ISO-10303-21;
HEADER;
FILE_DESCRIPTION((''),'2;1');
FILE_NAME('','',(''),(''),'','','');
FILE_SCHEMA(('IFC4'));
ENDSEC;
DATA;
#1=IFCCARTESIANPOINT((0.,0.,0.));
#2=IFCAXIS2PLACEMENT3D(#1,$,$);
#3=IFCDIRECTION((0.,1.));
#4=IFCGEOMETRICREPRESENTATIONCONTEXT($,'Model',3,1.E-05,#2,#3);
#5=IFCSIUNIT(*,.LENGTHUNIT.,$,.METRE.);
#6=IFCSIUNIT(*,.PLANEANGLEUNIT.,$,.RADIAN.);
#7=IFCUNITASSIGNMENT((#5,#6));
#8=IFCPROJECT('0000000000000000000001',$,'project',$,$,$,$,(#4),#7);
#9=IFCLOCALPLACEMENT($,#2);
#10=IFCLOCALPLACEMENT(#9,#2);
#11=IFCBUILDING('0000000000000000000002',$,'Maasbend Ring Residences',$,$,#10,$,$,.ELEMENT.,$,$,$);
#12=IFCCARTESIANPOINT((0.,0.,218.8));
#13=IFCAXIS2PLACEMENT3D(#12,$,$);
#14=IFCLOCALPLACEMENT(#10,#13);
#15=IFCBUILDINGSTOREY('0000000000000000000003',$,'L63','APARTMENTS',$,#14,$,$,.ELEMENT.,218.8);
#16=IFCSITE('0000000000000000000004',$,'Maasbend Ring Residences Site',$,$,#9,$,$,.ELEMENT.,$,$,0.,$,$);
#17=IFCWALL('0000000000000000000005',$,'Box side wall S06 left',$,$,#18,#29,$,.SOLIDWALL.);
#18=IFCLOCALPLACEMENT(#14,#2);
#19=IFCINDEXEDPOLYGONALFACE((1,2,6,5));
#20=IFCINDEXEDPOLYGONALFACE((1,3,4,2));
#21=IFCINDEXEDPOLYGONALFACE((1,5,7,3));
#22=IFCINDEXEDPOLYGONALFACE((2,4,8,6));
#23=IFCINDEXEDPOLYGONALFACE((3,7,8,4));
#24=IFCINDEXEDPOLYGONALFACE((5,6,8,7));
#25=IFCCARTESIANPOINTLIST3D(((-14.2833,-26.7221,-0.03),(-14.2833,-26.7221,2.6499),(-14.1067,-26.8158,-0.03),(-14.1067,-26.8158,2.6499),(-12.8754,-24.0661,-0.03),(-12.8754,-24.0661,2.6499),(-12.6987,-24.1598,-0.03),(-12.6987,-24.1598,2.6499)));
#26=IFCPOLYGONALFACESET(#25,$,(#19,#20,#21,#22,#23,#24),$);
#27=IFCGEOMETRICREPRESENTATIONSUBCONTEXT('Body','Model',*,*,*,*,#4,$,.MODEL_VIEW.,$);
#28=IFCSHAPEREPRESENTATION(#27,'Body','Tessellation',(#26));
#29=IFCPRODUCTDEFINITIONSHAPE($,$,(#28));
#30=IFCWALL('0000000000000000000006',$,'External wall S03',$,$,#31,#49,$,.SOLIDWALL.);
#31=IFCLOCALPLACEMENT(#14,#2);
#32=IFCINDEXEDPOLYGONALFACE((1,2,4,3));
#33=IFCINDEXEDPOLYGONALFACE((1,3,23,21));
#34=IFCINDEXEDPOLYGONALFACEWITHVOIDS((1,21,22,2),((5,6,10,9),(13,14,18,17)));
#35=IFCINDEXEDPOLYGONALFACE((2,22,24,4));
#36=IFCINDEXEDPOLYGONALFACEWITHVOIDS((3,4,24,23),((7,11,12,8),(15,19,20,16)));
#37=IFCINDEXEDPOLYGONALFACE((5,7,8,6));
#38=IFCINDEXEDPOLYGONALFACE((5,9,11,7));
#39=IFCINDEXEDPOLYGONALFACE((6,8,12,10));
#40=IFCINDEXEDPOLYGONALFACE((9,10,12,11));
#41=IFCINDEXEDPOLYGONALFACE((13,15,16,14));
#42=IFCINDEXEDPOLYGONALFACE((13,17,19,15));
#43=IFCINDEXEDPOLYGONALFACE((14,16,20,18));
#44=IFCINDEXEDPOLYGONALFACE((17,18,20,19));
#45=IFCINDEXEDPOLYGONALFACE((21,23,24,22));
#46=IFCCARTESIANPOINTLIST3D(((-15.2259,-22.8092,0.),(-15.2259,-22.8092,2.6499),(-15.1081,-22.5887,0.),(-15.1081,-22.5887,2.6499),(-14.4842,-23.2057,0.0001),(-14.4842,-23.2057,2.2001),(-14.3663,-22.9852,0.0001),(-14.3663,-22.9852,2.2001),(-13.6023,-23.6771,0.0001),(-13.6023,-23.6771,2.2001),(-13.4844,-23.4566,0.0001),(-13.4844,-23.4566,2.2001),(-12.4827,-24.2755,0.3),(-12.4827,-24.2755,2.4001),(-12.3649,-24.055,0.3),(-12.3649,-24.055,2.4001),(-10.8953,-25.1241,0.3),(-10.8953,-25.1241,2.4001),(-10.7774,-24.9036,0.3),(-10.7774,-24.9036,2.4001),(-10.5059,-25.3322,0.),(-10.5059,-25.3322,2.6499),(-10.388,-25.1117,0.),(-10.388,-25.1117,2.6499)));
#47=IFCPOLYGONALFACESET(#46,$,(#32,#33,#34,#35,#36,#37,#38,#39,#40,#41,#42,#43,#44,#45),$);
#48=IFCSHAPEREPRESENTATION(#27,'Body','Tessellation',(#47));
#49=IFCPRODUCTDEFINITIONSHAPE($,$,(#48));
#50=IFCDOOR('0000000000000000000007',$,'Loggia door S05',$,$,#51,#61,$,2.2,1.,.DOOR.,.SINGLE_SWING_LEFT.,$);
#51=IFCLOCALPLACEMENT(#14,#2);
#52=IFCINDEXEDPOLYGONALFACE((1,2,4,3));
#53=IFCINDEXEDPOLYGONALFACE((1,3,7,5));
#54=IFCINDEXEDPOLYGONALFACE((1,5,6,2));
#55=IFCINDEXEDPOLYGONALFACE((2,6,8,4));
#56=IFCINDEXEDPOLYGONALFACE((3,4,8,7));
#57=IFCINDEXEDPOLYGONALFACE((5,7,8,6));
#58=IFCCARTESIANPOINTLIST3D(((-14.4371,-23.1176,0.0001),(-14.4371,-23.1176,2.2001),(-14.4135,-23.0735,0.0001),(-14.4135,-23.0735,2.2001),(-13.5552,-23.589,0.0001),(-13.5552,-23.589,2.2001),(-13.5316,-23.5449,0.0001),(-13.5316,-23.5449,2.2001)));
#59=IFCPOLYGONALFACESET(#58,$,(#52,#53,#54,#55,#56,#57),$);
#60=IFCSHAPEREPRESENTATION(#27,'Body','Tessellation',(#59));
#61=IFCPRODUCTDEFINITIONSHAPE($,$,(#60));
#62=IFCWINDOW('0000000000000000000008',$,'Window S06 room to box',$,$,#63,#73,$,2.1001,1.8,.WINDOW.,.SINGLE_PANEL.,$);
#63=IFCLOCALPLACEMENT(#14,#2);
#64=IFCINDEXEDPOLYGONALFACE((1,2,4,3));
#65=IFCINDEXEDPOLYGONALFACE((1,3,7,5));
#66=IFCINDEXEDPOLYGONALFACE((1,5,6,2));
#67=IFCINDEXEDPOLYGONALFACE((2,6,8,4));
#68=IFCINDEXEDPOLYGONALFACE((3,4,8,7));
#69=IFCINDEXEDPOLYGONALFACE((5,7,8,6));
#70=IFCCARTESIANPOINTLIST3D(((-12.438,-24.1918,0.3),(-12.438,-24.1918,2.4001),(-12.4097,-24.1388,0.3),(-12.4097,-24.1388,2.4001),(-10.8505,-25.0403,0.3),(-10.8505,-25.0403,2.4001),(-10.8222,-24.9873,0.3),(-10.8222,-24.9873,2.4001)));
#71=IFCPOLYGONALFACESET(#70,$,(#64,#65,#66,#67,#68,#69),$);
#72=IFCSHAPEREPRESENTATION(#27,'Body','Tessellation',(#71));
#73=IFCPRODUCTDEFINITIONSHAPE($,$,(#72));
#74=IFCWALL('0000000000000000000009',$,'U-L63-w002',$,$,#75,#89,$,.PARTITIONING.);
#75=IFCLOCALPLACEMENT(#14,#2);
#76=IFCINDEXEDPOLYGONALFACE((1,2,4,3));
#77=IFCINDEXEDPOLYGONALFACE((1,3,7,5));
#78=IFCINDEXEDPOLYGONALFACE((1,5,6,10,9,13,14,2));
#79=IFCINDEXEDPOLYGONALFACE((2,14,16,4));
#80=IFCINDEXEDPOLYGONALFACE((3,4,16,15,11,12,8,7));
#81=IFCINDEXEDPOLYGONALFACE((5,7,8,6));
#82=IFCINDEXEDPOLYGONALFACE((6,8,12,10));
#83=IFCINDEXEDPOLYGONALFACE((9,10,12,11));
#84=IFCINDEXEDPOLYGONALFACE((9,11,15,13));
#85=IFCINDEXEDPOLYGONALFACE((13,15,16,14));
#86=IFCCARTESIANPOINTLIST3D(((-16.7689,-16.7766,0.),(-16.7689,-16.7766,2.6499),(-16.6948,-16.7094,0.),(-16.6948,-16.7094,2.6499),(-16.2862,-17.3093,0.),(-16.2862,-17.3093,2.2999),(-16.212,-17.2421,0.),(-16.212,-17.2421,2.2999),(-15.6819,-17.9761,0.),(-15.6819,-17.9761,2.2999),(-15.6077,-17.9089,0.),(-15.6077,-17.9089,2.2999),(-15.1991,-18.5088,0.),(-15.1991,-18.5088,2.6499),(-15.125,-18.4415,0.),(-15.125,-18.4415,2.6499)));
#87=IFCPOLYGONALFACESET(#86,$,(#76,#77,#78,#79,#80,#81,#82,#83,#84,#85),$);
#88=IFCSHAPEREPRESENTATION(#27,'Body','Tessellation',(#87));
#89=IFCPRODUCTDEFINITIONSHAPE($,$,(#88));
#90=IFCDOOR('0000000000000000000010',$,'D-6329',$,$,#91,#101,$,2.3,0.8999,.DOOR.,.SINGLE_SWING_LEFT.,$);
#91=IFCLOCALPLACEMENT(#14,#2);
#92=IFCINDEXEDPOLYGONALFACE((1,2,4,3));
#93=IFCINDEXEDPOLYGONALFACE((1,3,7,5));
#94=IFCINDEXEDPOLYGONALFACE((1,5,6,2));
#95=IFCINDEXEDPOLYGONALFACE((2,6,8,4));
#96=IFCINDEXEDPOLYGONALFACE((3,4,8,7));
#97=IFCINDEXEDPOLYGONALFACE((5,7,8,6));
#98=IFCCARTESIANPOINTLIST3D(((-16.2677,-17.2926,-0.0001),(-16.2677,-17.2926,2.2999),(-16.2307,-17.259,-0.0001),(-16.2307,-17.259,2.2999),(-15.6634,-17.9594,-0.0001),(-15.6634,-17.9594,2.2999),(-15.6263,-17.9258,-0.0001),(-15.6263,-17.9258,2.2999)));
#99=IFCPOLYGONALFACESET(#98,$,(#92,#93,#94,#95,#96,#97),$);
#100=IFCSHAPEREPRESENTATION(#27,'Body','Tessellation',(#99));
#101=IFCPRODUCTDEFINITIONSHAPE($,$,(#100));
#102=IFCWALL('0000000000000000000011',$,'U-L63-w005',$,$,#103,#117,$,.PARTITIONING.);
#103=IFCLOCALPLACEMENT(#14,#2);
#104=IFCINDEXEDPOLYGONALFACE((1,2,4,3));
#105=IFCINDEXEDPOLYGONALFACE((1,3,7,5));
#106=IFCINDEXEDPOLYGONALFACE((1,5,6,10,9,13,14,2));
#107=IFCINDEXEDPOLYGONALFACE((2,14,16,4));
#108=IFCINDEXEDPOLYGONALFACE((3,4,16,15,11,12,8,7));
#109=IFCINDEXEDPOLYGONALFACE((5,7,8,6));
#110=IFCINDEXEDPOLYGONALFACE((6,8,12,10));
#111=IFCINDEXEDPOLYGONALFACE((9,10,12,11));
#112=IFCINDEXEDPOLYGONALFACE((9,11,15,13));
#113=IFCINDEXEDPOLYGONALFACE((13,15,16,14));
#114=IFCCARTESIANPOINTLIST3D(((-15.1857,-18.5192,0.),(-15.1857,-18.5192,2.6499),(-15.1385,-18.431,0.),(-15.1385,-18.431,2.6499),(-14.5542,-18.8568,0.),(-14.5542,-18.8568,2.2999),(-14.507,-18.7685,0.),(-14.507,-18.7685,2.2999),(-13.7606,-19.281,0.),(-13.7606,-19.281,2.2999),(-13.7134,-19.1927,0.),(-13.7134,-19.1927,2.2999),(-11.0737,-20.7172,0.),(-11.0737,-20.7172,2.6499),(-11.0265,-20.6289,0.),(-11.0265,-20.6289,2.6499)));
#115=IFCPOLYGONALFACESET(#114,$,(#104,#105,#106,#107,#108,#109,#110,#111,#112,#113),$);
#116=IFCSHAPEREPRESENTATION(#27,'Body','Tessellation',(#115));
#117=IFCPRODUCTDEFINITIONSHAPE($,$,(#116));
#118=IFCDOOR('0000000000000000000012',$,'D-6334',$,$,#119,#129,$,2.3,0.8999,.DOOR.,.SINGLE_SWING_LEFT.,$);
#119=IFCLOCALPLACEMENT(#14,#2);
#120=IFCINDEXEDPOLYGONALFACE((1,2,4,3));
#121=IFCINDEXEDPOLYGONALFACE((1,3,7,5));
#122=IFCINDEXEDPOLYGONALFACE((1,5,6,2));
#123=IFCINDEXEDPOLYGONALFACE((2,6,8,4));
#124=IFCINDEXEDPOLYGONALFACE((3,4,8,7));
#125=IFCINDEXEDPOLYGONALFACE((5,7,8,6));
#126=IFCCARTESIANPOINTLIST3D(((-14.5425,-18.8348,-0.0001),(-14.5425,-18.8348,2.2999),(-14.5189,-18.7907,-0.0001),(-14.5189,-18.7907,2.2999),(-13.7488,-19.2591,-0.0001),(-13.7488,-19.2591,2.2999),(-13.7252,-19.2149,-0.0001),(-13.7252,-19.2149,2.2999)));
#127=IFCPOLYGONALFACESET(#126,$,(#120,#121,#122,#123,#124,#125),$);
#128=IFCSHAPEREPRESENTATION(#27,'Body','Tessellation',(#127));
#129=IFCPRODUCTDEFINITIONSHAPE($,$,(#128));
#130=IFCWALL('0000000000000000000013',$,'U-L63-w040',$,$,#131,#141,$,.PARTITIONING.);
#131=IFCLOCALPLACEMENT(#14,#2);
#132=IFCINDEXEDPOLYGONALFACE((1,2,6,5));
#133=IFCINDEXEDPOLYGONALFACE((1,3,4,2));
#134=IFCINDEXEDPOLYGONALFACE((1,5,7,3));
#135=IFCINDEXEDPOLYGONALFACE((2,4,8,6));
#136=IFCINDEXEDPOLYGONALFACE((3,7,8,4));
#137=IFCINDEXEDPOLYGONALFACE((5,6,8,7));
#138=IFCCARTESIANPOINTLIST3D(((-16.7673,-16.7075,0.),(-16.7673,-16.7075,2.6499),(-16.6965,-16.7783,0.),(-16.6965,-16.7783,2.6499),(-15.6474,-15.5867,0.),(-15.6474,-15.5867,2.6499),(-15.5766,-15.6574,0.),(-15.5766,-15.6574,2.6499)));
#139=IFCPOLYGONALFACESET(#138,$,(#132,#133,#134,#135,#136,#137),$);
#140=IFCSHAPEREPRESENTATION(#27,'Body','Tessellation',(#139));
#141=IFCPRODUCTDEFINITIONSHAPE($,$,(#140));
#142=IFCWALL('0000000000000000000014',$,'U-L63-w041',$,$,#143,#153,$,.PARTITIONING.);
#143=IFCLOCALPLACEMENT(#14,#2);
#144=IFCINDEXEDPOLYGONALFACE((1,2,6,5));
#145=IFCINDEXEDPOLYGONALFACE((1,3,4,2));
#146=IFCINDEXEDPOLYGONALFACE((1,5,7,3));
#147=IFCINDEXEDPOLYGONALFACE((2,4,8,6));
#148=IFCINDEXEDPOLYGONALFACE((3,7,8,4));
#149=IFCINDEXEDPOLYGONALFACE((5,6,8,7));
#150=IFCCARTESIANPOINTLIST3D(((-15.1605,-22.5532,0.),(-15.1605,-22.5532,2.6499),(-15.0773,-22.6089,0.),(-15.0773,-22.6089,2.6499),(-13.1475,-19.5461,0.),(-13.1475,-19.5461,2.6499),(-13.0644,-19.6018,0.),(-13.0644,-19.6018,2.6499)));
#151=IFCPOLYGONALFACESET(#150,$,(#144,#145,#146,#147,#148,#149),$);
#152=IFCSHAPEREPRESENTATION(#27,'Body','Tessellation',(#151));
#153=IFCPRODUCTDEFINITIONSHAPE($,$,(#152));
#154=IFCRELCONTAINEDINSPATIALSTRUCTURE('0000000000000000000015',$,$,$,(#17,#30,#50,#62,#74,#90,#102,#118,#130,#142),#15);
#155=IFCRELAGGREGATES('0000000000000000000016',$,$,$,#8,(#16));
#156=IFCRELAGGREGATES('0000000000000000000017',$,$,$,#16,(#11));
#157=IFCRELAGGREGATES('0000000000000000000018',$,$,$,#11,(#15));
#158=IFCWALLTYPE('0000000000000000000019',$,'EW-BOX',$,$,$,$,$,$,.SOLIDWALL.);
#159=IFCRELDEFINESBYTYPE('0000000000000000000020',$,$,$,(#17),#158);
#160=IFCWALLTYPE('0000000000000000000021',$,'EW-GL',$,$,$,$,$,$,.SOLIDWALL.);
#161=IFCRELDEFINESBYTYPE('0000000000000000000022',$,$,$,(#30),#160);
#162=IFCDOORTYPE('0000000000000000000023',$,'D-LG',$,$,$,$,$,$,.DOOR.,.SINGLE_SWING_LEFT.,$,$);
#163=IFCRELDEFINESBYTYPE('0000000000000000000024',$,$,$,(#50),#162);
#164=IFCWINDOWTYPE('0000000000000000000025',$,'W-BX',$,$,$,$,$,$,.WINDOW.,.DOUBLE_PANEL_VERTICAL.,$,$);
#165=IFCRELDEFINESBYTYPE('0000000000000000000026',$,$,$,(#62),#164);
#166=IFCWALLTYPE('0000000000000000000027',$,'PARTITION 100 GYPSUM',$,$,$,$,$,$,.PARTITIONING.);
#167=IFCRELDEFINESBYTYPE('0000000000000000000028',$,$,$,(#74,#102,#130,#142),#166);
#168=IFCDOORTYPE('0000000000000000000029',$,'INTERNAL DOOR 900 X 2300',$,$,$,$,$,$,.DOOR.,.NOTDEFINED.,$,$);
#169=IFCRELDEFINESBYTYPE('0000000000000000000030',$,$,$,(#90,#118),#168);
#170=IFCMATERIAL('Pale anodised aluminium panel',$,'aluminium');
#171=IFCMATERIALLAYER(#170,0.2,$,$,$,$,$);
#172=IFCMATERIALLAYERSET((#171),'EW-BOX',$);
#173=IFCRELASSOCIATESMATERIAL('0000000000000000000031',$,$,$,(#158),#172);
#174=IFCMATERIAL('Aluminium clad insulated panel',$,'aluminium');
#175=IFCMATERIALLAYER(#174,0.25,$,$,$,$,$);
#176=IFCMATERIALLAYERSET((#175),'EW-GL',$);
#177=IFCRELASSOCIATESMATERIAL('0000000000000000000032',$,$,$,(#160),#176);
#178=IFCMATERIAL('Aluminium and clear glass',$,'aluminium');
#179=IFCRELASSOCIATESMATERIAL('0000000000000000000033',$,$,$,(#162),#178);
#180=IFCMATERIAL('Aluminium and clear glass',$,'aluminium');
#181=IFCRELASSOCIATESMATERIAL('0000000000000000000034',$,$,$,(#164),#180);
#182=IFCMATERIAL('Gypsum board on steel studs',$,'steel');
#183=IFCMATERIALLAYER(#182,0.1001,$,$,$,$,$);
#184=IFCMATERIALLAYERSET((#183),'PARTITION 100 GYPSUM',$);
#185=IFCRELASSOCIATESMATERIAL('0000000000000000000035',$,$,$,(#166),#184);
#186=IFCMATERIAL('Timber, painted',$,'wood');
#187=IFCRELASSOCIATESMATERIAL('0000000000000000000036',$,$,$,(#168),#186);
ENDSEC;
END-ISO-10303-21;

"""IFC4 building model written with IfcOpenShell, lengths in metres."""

from ifc_helpers import new_model, si_unit, direction, frame, frame_2d, origin, place, context, subcontext, project, spatial, rectangle, extrude, material, layer, layer_set, type_object, element, fill, save


model = new_model("IFC4")

# Units and contexts
model_context = context("Model", 3, precision=1e-05, world=origin(), true_north=direction((0.0, 1.0)))
body_context = subcontext(model_context, "Body", "Model", "MODEL_VIEW")
ifc_project = project(units=[si_unit("LENGTHUNIT", "METRE"), si_unit("PLANEANGLEUNIT", "RADIAN")], contexts=[model_context])

# Site, building, storey
site_placement = place(None, origin())
site = spatial("IfcSite", under=ifc_project, at=site_placement, Name="Maasbend Ring Residences Site", CompositionType="ELEMENT", RefElevation=0.0)
building_placement = place(site_placement, origin())
building = spatial("IfcBuilding", under=site, at=building_placement, Name="Maasbend Ring Residences", CompositionType="ELEMENT")
storey_placement = place(building_placement, frame((0.0, 0.0, 218.8)))
storey = spatial("IfcBuildingStorey", under=building, at=storey_placement, Name="L63", Description="APARTMENTS", CompositionType="ELEMENT", Elevation=218.8)

# Shared definitions
ifc_material_1 = material(Name="Pale anodised aluminium panel", Category="aluminium")
ifc_layer_1 = layer(ifc_material_1, 0.2)
ifc_layer_set_1 = layer_set([ifc_layer_1], Name="EW-BOX")
wall_type_1 = type_object("IfcWallType", Name="EW-BOX", PredefinedType="SOLIDWALL", material=ifc_layer_set_1)

# Wall
wall_1_placement = place(storey_placement, frame((-12.7871, -24.113, -0.03), z_axis=(0.0, 0.0, 1.0), x_axis=(-0.468365, -0.883535, 0.0)))
element("IfcWall", 1, at=wall_1_placement, inside=storey, type_object=wall_type_1, Name="Box side wall S06 left", PredefinedType="SOLIDWALL", context=body_context, shape_type="SweptSolid", body=[
    extrude(rectangle(XDim=3.0061, YDim=0.2, at=frame_2d((1.5029, 0.0))), origin(), (0.0, 0.0, 1.0), 2.6799),
])

# Wall, openings, door, window
ifc_material_2 = material(Name="Aluminium clad insulated panel", Category="aluminium")
ifc_layer_2 = layer(ifc_material_2, 0.25)
ifc_layer_set_2 = layer_set([ifc_layer_2], Name="EW-GL")
wall_type_2 = type_object("IfcWallType", Name="EW-GL", PredefinedType="SOLIDWALL", material=ifc_layer_set_2)
wall_2_placement = place(storey_placement, frame((-15.167, -22.699, 0.0), z_axis=(0.0, 0.0, 1.0), x_axis=(0.881916, -0.471407, 0.0)))
wall_2 = element("IfcWall", 2, at=wall_2_placement, inside=storey, type_object=wall_type_2, Name="External wall S03", PredefinedType="SOLIDWALL", context=body_context, shape_type="SweptSolid", body=[
    extrude(rectangle(XDim=5.3521, YDim=0.25, at=frame_2d((2.676, 0.0))), origin(), (0.0, 0.0, 1.0), 2.6499),
])
opening_1_placement = place(wall_2_placement, frame((0.8411, 0.0, 0.0)))
opening_1 = element("IfcOpeningElement", 3, at=opening_1_placement, cuts=wall_2, PredefinedType="OPENING", context=body_context, shape_type="SweptSolid", body=[
    extrude(rectangle(XDim=1.0, YDim=2.2, at=frame_2d((0.5, 1.1001))), frame((0.0, 0.135, 0.0), z_axis=(0.0, -1.0, 0.0), x_axis=(1.0, 0.0, 0.0)), (0.0, 0.0, 1.0), 0.27),
])
opening_2_placement = place(wall_2_placement, frame((3.1106, 0.0, 0.3)))
opening_2 = element("IfcOpeningElement", 4, at=opening_2_placement, cuts=wall_2, PredefinedType="OPENING", context=body_context, shape_type="SweptSolid", body=[
    extrude(rectangle(XDim=1.8, YDim=2.1001, at=frame_2d((0.8999, 1.05))), frame((0.0, 0.135, 0.0), z_axis=(0.0, -1.0, 0.0), x_axis=(1.0, 0.0, 0.0)), (0.0, 0.0, 1.0), 0.27),
])
ifc_material_3 = material(Name="Aluminium and clear glass", Category="aluminium")
door_type_1 = type_object("IfcDoorType", Name="D-LG", OperationType="SINGLE_SWING_LEFT", PredefinedType="DOOR", material=ifc_material_3)
door_1_placement = place(opening_1_placement, origin())
door_1 = element("IfcDoor", 5, at=door_1_placement, inside=storey, type_object=door_type_1, Name="Loggia door S05", OperationType="SINGLE_SWING_LEFT", OverallHeight=2.2, OverallWidth=1.0, PredefinedType="DOOR", context=body_context, shape_type="SweptSolid", body=[
    extrude(rectangle(XDim=1.0, YDim=2.2, at=frame_2d((0.5, 1.1001))), frame((0.0, 0.0249, 0.0), z_axis=(0.0, -1.0, 0.0), x_axis=(1.0, 0.0, 0.0)), (0.0, 0.0, 1.0), 0.05),
])
fill(opening_1, door_1)
ifc_material_4 = material(Name="Aluminium and clear glass", Category="aluminium")
window_type_1 = type_object("IfcWindowType", Name="W-BX", PartitioningType="DOUBLE_PANEL_VERTICAL", PredefinedType="WINDOW", material=ifc_material_4)
window_1_placement = place(opening_2_placement, origin())
window_1 = element("IfcWindow", 6, at=window_1_placement, inside=storey, type_object=window_type_1, Name="Window S06 room to box", OverallHeight=2.1001, OverallWidth=1.8, PartitioningType="SINGLE_PANEL", PredefinedType="WINDOW", context=body_context, shape_type="SweptSolid", body=[
    extrude(rectangle(XDim=1.8, YDim=2.1001, at=frame_2d((0.8999, 1.05))), frame((0.0, 0.03, 0.0), z_axis=(0.0, -1.0, 0.0), x_axis=(1.0, 0.0, 0.0)), (0.0, 0.0, 1.0), 0.0601),
])
fill(opening_2, window_1)

# Walls, openings, doors
ifc_material_5 = material(Name="Gypsum board on steel studs", Category="steel")
ifc_layer_3 = layer(ifc_material_5, 0.1001)
ifc_layer_set_3 = layer_set([ifc_layer_3], Name="PARTITION 100 GYPSUM")
wall_type_3 = type_object("IfcWallType", Name="PARTITION 100 GYPSUM", PredefinedType="PARTITIONING", material=ifc_layer_set_3)
wall_3_placement = place(storey_placement, frame((-16.7319, -16.7429, 0.0), z_axis=(0.0, 0.0, 1.0), x_axis=(0.671528, -0.740979, 0.0)))
wall_3 = element("IfcWall", 7, at=wall_3_placement, inside=storey, type_object=wall_type_3, Name="U-L63-w002", PredefinedType="PARTITIONING", context=body_context, shape_type="SweptSolid", body=[
    extrude(rectangle(XDim=2.3376, YDim=0.1001, at=frame_2d((1.1689, 0.0))), origin(), (0.0, 0.0, 1.0), 2.6499),
])
opening_3_placement = place(wall_3_placement, frame((0.719, 0.0, 0.0)))
opening_3 = element("IfcOpeningElement", 8, at=opening_3_placement, cuts=wall_3, PredefinedType="OPENING", context=body_context, shape_type="SweptSolid", body=[
    extrude(rectangle(XDim=0.8999, YDim=2.3, at=frame_2d((0.45, 1.1499))), frame((0.0, 0.0601, 0.0), z_axis=(0.0, -1.0, 0.0), x_axis=(1.0, 0.0, 0.0)), (0.0, 0.0, 1.0), 0.1201),
])
ifc_material_6 = material(Name="Timber, painted", Category="wood")
door_type_2 = type_object("IfcDoorType", Name="INTERNAL DOOR 900 X 2300", OperationType="NOTDEFINED", PredefinedType="DOOR", material=ifc_material_6)
door_2_placement = place(opening_3_placement, origin())
door_2 = element("IfcDoor", 9, at=door_2_placement, inside=storey, type_object=door_type_2, Name="D-6329", OperationType="SINGLE_SWING_LEFT", OverallHeight=2.3, OverallWidth=0.8999, PredefinedType="DOOR", context=body_context, shape_type="SweptSolid", body=[
    extrude(rectangle(XDim=0.8999, YDim=2.3, at=frame_2d((0.45, 1.1499))), frame((0.0, 0.0249, 0.0), z_axis=(0.0, -1.0, 0.0), x_axis=(1.0, 0.0, 0.0)), (0.0, 0.0, 1.0), 0.05),
])
fill(opening_3, door_2)
wall_4_placement = place(storey_placement, frame((-15.1621, -18.4751, 0.0), z_axis=(0.0, 0.0, 1.0), x_axis=(0.881916, -0.471406, 0.0)))
wall_4 = element("IfcWall", 10, at=wall_4_placement, inside=storey, type_object=wall_type_3, Name="U-L63-w005", PredefinedType="PARTITIONING", context=body_context, shape_type="SweptSolid", body=[
    extrude(rectangle(XDim=4.6626, YDim=0.1001, at=frame_2d((2.3313, 0.0))), origin(), (0.0, 0.0, 1.0), 2.6499),
])
opening_4_placement = place(wall_4_placement, frame((0.7161, 0.0, 0.0)))
opening_4 = element("IfcOpeningElement", 11, at=opening_4_placement, cuts=wall_4, PredefinedType="OPENING", context=body_context, shape_type="SweptSolid", body=[
    extrude(rectangle(XDim=0.8999, YDim=2.3, at=frame_2d((0.45, 1.1499))), frame((0.0, 0.0601, 0.0), z_axis=(0.0, -1.0, 0.0), x_axis=(1.0, 0.0, 0.0)), (0.0, 0.0, 1.0), 0.1201),
])
door_3_placement = place(opening_4_placement, origin())
door_3 = element("IfcDoor", 12, at=door_3_placement, inside=storey, type_object=door_type_2, Name="D-6334", OperationType="SINGLE_SWING_LEFT", OverallHeight=2.3, OverallWidth=0.8999, PredefinedType="DOOR", context=body_context, shape_type="SweptSolid", body=[
    extrude(rectangle(XDim=0.8999, YDim=2.3, at=frame_2d((0.45, 1.1499))), frame((0.0, 0.0249, 0.0), z_axis=(0.0, -1.0, 0.0), x_axis=(1.0, 0.0, 0.0)), (0.0, 0.0, 1.0), 0.05),
])
fill(opening_4, door_3)

# Walls
wall_5_placement = place(storey_placement, frame((-16.7319, -16.7429, 0.0), z_axis=(0.0, 0.0, 1.0), x_axis=(0.706799, 0.707415, 0.0)))
element("IfcWall", 13, at=wall_5_placement, inside=storey, type_object=wall_type_3, Name="U-L63-w040", PredefinedType="PARTITIONING", context=body_context, shape_type="SweptSolid", body=[
    extrude(rectangle(XDim=1.5845, YDim=0.1001, at=frame_2d((0.7922, 0.0))), origin(), (0.0, 0.0, 1.0), 2.6499),
])
wall_6_placement = place(storey_placement, frame((-15.1189, -22.5811, 0.0), z_axis=(0.0, 0.0, 1.0), x_axis=(0.556272, 0.831, 0.0)))
element("IfcWall", 14, at=wall_6_placement, inside=storey, type_object=wall_type_3, Name="U-L63-w041", PredefinedType="PARTITIONING", context=body_context, shape_type="SweptSolid", body=[
    extrude(rectangle(XDim=3.6187, YDim=0.1001, at=frame_2d((1.8093, 0.0))), origin(), (0.0, 0.0, 1.0), 2.6499),
])

save(model, "model.ifc")
